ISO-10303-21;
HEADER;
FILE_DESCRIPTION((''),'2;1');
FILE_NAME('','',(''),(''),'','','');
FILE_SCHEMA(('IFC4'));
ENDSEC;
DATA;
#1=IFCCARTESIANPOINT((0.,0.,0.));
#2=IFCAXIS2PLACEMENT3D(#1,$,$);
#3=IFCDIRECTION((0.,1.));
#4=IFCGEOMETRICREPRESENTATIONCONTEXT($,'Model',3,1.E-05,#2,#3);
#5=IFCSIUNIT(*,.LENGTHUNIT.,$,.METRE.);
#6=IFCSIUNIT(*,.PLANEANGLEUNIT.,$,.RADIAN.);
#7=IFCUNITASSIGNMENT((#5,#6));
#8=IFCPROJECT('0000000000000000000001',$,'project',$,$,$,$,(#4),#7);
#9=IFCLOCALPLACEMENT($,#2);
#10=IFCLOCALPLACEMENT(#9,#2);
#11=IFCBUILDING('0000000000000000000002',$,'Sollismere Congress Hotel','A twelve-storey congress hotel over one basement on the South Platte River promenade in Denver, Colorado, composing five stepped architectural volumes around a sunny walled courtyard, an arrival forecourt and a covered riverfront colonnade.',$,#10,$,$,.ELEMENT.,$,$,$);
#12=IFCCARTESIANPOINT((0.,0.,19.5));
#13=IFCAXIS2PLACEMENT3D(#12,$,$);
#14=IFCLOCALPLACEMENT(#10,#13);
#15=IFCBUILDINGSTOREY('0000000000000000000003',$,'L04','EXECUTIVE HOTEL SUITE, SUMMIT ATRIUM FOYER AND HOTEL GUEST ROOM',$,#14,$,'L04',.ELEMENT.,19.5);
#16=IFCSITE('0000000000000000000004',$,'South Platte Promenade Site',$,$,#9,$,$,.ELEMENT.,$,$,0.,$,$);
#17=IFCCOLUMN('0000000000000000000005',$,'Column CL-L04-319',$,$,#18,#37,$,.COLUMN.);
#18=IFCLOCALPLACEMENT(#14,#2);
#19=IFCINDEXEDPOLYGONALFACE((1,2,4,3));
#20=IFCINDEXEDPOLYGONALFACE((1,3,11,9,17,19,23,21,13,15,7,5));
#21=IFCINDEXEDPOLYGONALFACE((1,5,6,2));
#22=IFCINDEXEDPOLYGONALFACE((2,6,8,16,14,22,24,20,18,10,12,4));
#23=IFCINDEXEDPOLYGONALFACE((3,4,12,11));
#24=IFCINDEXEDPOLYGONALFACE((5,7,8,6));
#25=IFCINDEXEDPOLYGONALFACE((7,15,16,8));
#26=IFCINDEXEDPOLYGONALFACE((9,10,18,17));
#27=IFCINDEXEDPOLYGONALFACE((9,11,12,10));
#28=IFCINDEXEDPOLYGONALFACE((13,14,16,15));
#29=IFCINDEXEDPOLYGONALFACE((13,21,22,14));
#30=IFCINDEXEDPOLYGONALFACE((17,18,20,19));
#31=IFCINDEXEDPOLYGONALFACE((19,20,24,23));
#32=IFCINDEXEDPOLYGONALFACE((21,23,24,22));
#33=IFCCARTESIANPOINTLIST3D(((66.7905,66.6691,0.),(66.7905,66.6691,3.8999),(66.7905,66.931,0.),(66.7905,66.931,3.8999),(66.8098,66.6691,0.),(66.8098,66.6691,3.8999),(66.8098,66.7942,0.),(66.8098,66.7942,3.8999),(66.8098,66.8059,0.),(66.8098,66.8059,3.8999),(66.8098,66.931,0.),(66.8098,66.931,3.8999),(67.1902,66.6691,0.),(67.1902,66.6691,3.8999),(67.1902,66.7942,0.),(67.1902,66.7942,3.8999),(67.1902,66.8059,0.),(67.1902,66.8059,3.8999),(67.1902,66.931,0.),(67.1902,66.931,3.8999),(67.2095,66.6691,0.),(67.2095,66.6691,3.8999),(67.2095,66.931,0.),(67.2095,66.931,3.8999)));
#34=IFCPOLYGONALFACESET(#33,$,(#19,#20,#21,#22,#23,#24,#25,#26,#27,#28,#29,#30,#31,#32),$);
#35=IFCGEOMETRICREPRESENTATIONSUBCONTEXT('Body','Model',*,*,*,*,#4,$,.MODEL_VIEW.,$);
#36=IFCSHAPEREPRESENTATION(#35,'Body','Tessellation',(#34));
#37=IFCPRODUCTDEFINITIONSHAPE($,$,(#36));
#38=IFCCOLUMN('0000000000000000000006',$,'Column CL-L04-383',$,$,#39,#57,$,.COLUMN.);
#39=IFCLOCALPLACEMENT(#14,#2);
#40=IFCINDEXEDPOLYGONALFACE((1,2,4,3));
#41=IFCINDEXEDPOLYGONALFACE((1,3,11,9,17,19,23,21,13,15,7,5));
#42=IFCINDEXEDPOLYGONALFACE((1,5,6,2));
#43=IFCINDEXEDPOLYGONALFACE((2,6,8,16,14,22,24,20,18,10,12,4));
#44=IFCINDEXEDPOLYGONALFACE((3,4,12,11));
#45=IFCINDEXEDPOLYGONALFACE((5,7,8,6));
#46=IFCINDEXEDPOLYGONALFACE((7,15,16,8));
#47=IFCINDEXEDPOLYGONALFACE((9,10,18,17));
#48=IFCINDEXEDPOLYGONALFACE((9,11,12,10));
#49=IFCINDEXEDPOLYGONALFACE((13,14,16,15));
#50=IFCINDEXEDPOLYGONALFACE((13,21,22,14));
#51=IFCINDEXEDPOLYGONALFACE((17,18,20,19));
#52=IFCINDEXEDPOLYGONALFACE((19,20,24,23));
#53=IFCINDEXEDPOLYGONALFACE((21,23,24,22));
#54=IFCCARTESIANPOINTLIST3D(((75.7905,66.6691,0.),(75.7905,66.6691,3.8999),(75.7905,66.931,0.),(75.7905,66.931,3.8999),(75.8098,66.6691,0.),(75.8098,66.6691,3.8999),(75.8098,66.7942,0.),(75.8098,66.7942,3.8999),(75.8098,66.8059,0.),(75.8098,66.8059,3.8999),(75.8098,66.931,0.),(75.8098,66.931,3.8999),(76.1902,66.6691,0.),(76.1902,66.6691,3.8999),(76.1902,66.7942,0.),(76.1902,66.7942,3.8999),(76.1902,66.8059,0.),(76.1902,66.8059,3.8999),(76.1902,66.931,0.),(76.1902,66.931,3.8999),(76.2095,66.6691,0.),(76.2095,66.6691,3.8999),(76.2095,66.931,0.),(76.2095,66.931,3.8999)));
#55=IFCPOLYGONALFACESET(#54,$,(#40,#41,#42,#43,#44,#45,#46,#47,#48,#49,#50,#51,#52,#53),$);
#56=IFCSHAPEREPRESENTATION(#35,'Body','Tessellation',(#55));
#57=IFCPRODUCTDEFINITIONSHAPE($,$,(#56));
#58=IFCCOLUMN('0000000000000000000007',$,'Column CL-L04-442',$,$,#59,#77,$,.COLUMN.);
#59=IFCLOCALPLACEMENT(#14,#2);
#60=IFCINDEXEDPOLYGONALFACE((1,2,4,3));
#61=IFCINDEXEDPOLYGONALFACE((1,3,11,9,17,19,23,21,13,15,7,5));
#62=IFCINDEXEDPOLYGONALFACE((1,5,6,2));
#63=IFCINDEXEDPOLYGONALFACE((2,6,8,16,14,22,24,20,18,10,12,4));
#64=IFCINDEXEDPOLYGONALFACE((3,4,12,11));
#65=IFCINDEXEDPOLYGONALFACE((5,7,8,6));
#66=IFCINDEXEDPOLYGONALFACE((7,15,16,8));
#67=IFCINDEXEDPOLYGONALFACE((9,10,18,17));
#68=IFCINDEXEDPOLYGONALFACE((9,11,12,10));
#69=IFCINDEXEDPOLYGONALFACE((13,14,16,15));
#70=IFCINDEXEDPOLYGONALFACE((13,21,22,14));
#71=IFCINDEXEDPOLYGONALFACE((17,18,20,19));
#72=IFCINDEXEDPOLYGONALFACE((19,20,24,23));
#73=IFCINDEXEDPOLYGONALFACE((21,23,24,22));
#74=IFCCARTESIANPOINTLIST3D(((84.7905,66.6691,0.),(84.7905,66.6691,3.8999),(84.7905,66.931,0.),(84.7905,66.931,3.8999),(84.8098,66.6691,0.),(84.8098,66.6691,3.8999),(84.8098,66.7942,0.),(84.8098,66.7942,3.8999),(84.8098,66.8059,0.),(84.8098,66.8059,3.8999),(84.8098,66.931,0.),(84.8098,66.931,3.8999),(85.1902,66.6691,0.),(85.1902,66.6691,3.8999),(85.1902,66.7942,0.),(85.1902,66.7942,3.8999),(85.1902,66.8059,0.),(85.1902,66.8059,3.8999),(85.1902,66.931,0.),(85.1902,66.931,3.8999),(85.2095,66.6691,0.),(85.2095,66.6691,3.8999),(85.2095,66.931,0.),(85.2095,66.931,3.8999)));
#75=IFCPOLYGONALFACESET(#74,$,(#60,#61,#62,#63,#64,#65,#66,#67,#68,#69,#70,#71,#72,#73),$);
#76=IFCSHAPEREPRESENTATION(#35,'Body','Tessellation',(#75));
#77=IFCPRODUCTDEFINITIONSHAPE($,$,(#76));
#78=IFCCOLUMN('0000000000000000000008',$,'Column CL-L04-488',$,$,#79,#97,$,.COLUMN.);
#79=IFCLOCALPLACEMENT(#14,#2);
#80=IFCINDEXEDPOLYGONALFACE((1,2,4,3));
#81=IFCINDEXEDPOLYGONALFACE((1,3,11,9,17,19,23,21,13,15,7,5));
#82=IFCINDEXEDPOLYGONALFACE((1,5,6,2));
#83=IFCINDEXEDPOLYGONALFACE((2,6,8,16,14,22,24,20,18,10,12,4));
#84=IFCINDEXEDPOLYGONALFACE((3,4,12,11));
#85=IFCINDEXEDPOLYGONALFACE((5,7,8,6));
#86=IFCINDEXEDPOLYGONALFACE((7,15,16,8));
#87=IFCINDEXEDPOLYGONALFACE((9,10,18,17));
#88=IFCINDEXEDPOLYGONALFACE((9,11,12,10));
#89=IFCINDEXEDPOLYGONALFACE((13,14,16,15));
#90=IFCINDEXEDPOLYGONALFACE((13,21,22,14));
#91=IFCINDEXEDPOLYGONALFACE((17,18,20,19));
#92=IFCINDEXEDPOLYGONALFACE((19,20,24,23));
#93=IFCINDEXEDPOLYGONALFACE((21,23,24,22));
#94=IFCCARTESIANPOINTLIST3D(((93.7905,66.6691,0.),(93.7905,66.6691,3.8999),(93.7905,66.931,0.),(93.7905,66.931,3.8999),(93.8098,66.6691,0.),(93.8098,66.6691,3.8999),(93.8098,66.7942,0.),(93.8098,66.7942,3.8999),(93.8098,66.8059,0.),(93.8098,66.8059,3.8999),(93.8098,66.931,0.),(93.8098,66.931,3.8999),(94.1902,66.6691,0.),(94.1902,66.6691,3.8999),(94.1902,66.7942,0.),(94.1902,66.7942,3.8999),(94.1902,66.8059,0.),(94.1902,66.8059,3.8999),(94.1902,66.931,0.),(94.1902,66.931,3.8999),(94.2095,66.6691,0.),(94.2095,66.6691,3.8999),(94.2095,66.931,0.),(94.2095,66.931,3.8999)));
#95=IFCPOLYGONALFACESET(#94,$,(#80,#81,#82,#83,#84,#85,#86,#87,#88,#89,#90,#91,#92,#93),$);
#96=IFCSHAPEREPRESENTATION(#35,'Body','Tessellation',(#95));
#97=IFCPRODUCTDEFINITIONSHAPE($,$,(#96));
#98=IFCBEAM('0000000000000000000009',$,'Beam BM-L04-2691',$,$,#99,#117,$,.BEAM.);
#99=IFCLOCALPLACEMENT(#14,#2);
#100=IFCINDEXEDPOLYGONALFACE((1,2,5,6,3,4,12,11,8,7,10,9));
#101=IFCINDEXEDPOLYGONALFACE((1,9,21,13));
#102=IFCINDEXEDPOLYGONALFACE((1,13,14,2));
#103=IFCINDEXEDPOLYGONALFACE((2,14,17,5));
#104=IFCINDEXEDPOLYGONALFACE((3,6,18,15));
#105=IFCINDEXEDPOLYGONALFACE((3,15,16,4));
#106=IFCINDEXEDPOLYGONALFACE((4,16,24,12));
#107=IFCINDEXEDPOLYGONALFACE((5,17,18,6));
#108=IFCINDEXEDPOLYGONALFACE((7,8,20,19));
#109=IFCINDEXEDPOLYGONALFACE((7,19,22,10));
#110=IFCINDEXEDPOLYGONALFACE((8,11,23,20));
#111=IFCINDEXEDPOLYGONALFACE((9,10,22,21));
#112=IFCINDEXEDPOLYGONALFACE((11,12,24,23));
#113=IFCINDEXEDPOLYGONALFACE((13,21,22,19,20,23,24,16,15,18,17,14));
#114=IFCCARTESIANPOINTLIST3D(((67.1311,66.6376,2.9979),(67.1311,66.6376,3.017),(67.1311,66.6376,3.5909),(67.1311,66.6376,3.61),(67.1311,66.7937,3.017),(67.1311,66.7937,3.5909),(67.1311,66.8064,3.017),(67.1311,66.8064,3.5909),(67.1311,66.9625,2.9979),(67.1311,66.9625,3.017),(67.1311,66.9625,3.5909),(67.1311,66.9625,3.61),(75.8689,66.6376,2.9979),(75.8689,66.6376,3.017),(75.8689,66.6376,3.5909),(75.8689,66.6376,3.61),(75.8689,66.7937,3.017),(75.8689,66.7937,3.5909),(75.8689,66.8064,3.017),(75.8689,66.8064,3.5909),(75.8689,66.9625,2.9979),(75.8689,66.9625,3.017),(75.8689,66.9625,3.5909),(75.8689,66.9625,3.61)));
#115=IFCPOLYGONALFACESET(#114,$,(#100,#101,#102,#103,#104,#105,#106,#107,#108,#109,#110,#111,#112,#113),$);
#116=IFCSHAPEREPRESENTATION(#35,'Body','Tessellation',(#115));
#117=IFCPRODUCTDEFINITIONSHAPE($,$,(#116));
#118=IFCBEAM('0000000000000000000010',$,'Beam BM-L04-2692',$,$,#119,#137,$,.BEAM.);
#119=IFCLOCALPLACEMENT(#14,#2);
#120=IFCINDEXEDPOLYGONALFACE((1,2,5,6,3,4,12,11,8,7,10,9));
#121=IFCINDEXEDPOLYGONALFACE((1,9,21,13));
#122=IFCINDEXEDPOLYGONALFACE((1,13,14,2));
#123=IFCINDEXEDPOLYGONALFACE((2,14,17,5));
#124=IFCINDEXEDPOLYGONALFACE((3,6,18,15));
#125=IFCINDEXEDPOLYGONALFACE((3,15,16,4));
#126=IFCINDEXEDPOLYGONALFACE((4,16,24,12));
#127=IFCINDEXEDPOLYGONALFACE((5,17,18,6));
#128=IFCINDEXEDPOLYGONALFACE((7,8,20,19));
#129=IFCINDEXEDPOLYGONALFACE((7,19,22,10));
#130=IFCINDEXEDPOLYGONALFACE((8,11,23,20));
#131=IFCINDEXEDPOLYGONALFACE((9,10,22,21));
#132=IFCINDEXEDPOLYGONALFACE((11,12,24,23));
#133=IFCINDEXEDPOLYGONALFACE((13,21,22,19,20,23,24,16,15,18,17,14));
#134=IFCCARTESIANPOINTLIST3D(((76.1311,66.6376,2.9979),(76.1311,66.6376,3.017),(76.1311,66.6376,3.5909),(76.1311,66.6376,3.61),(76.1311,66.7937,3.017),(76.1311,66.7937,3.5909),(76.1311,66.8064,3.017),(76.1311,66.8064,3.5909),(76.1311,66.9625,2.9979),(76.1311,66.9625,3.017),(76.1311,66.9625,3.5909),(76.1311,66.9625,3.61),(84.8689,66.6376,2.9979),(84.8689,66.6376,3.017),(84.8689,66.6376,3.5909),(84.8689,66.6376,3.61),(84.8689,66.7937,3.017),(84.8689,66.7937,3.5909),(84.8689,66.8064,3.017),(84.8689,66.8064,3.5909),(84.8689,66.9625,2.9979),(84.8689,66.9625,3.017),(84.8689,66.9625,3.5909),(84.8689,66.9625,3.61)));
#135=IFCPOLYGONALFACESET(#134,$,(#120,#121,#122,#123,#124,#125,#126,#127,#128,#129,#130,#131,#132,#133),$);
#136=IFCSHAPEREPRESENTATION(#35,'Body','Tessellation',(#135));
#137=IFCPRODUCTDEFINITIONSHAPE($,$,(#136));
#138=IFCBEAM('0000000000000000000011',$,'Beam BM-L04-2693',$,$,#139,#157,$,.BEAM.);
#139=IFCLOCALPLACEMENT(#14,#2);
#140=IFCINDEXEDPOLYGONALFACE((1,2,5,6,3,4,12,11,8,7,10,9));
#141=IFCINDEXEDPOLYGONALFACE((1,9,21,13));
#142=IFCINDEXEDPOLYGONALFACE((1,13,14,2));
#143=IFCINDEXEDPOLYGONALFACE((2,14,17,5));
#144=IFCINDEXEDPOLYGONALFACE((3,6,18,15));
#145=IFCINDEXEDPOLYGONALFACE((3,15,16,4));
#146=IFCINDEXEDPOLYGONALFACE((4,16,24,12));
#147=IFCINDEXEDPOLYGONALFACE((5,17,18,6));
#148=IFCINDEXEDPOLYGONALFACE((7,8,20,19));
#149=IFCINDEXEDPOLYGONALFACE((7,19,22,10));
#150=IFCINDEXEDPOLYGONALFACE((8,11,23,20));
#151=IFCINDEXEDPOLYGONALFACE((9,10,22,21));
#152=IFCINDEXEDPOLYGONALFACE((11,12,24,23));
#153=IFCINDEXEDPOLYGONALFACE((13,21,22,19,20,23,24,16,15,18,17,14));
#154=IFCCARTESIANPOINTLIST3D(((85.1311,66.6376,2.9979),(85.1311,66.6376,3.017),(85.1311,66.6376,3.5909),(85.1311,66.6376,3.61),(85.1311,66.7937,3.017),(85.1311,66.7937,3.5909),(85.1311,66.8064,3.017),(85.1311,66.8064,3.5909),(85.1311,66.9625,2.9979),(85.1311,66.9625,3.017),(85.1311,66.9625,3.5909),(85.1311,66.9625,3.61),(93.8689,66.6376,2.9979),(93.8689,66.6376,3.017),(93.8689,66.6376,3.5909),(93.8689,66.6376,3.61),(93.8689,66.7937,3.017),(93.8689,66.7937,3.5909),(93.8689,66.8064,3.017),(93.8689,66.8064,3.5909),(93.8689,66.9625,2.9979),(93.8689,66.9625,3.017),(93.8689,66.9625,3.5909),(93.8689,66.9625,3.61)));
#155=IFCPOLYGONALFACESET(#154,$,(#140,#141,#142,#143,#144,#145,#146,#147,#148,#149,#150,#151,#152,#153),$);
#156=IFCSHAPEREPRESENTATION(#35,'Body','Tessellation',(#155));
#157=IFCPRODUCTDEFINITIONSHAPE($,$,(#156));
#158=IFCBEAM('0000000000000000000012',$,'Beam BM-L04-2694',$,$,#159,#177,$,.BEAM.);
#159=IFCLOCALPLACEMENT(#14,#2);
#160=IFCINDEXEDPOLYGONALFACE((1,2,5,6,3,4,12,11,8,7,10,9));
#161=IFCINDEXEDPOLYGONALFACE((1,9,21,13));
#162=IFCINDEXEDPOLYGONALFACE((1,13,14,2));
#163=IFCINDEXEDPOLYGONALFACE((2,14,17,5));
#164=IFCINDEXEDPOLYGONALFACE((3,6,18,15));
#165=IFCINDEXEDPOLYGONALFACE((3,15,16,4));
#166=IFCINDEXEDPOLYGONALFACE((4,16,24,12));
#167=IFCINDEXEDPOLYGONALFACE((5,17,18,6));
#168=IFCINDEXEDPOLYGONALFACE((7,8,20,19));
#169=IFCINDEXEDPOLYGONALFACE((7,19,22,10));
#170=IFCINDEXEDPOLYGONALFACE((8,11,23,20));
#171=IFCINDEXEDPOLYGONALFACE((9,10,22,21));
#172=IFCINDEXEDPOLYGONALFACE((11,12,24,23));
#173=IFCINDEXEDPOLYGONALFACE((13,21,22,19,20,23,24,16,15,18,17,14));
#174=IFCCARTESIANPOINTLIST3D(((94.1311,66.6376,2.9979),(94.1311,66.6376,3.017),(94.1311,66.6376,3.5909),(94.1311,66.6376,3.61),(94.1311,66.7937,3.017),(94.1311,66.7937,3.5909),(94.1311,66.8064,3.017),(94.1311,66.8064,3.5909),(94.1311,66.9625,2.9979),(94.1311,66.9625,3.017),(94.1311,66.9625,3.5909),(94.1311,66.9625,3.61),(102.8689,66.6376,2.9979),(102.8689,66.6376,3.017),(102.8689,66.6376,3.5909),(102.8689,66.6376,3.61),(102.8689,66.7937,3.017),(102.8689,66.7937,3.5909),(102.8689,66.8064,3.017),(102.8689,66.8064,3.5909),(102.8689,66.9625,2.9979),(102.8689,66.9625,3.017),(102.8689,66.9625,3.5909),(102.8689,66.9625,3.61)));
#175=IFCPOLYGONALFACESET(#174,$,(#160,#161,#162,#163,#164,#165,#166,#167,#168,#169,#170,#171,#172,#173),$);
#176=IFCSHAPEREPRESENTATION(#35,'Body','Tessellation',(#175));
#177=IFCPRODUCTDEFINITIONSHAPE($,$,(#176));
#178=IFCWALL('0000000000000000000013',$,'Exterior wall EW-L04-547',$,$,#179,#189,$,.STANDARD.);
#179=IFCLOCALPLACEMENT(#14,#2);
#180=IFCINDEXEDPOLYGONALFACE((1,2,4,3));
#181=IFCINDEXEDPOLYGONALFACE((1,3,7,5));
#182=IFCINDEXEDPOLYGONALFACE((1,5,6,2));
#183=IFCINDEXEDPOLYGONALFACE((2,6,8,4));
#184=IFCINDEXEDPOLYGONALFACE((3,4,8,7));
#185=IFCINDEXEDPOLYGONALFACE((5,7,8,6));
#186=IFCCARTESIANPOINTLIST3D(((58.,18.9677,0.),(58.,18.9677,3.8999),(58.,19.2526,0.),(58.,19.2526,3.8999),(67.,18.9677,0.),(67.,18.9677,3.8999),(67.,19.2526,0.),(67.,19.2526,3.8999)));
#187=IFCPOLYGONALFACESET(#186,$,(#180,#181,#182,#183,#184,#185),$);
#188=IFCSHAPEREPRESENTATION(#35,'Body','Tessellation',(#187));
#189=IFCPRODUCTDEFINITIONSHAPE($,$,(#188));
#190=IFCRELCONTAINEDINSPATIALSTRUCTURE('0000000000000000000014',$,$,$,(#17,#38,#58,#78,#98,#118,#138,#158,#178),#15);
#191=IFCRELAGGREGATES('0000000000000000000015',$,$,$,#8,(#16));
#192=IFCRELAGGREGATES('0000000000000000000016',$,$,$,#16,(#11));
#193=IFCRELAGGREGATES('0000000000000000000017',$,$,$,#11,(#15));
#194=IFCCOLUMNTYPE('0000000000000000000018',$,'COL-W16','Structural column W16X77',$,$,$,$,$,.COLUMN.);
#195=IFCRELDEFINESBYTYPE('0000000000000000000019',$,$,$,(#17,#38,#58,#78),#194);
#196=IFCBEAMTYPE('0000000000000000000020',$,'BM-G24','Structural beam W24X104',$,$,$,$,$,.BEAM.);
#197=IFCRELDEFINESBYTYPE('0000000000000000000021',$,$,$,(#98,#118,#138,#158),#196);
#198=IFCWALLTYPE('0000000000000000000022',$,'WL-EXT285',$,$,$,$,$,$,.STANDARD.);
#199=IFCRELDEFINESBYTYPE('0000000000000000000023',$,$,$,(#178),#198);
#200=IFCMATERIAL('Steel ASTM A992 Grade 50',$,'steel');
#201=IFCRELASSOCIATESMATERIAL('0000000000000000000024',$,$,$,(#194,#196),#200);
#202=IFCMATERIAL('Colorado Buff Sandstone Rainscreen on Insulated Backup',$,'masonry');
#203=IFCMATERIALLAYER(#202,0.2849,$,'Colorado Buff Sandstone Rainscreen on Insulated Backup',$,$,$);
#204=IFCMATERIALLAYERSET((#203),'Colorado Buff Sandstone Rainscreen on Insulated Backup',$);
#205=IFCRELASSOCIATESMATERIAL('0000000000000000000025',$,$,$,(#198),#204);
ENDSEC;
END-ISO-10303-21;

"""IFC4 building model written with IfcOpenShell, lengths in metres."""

from ifc_helpers import new_model, si_unit, direction, frame, frame_2d, origin, origin_2d, place, context, subcontext, project, spatial, rectangle, i_section, extrude, material, layer, layer_set, material_profile, profile_set, type_object, element, save


model = new_model("IFC4")

# Units and contexts
model_context = context("Model", 3, precision=1e-05, world=origin(), true_north=direction((0.0, 1.0)))
body_context = subcontext(model_context, "Body", "Model", "MODEL_VIEW")
ifc_project = project(units=[si_unit("LENGTHUNIT", "METRE"), si_unit("PLANEANGLEUNIT", "RADIAN")], contexts=[model_context])

# Site, building, storey
site_placement = place(None, origin())
site = spatial("IfcSite", under=ifc_project, at=site_placement, Name="South Platte Promenade Site", CompositionType="ELEMENT", RefElevation=0.0)
building_placement = place(site_placement, origin())
building = spatial("IfcBuilding", under=site, at=building_placement, Name="Sollismere Congress Hotel", Description="A twelve-storey congress hotel over one basement on the South Platte River promenade in Denver, Colorado, composing five stepped architectural volumes around a sunny walled courtyard, an arrival forecourt and a covered riverfront colonnade.", CompositionType="ELEMENT")
storey_placement = place(building_placement, frame((0.0, 0.0, 19.5)))
storey = spatial("IfcBuildingStorey", under=building, at=storey_placement, Name="L04", Description="EXECUTIVE HOTEL SUITE, SUMMIT ATRIUM FOYER AND HOTEL GUEST ROOM", LongName="L04", CompositionType="ELEMENT", Elevation=19.5)

# Columns
ifc_material_1 = material(Name="Steel ASTM A992 Grade 50", Category="steel")
ifc_material_profile_1 = material_profile(ifc_material_1, i_section(OverallWidth=0.262, OverallDepth=0.4189, WebThickness=0.0117, FlangeThickness=0.0193, at=origin_2d()), Name="W16X77")
ifc_profile_set_1 = profile_set([ifc_material_profile_1], Name="Steel ASTM A992 Grade 50")
column_type = type_object("IfcColumnType", Name="COL-W16", Description="Structural column W16X77", PredefinedType="COLUMN", material=ifc_profile_set_1)
for number, where, z_axis, x_axis, name in (
    (1, (67.0, 66.8, 0.0), (0.0, 0.0, 1.0), (0.0, 1.0, 0.0), "Column CL-L04-319"),
    (2, (76.0, 66.8, 0.0), (0.0, 0.0, 1.0), (0.0, 1.0, 0.0), "Column CL-L04-383"),
    (3, (85.0, 66.8, 0.0), (0.0, 0.0, 1.0), (0.0, 1.0, 0.0), "Column CL-L04-442"),
    (4, (94.0, 66.8, 0.0), (0.0, 0.0, 1.0), (0.0, 1.0, 0.0), "Column CL-L04-488"),
):
    element("IfcColumn", number, at=place(storey_placement, frame(where, z_axis=z_axis, x_axis=x_axis)), inside=storey, type_object=column_type, Name=name, PredefinedType="COLUMN", context=body_context, shape_type="SweptSolid", body=[
        extrude(i_section(OverallWidth=0.262, OverallDepth=0.4189, WebThickness=0.0117, FlangeThickness=0.0193, at=origin_2d()), origin(), (0.0, 0.0, 1.0), 3.8999),
    ])

# Beams
ifc_material_profile_2 = material_profile(ifc_material_1, i_section(OverallWidth=0.325, OverallDepth=0.6121, WebThickness=0.0127, FlangeThickness=0.019, at=origin_2d()), Name="W24X104")
ifc_profile_set_2 = profile_set([ifc_material_profile_2], Name="Steel ASTM A992 Grade 50")
beam_type = type_object("IfcBeamType", Name="BM-G24", Description="Structural beam W24X104", PredefinedType="BEAM", material=ifc_profile_set_2)
for number, where, z_axis, x_axis, name in (
    (5, (67.1311, 66.8, 3.304), (1.0, 0.0, 0.0), (0.0, 1.0, 0.0), "Beam BM-L04-2691"),
    (6, (76.1311, 66.8, 3.304), (1.0, 0.0, 0.0), (0.0, 1.0, 0.0), "Beam BM-L04-2692"),
    (7, (85.1311, 66.8, 3.304), (1.0, 0.0, 0.0), (0.0, 1.0, 0.0), "Beam BM-L04-2693"),
    (8, (94.1311, 66.8, 3.304), (1.0, 0.0, 0.0), (0.0, 1.0, 0.0), "Beam BM-L04-2694"),
):
    element("IfcBeam", number, at=place(storey_placement, frame(where, z_axis=z_axis, x_axis=x_axis)), inside=storey, type_object=beam_type, Name=name, PredefinedType="BEAM", context=body_context, shape_type="SweptSolid", body=[
        extrude(i_section(OverallWidth=0.325, OverallDepth=0.6121, WebThickness=0.0127, FlangeThickness=0.019, at=origin_2d()), origin(), (0.0, 0.0, 1.0), 8.7378),
    ])

# Wall
ifc_material_2 = material(Name="Colorado Buff Sandstone Rainscreen on Insulated Backup", Category="masonry")
ifc_layer_1 = layer(ifc_material_2, 0.2849, Name="Colorado Buff Sandstone Rainscreen on Insulated Backup")
ifc_layer_set_1 = layer_set([ifc_layer_1], Name="Colorado Buff Sandstone Rainscreen on Insulated Backup")
wall_type_1 = type_object("IfcWallType", Name="WL-EXT285", PredefinedType="STANDARD", material=ifc_layer_set_1)
wall_1_placement = place(storey_placement, frame((67.0, 19.1101, 0.0), z_axis=(0.0, 0.0, 1.0), x_axis=(-1.0, 0.0, 0.0)))
element("IfcWall", 9, at=wall_1_placement, inside=storey, type_object=wall_type_1, Name="Exterior wall EW-L04-547", PredefinedType="STANDARD", context=body_context, shape_type="SweptSolid", body=[
    extrude(rectangle(XDim=9.0, YDim=0.2849, at=frame_2d((4.5, 0.0))), origin(), (0.0, 0.0, 1.0), 3.8999),
])

save(model, "model.ifc")
